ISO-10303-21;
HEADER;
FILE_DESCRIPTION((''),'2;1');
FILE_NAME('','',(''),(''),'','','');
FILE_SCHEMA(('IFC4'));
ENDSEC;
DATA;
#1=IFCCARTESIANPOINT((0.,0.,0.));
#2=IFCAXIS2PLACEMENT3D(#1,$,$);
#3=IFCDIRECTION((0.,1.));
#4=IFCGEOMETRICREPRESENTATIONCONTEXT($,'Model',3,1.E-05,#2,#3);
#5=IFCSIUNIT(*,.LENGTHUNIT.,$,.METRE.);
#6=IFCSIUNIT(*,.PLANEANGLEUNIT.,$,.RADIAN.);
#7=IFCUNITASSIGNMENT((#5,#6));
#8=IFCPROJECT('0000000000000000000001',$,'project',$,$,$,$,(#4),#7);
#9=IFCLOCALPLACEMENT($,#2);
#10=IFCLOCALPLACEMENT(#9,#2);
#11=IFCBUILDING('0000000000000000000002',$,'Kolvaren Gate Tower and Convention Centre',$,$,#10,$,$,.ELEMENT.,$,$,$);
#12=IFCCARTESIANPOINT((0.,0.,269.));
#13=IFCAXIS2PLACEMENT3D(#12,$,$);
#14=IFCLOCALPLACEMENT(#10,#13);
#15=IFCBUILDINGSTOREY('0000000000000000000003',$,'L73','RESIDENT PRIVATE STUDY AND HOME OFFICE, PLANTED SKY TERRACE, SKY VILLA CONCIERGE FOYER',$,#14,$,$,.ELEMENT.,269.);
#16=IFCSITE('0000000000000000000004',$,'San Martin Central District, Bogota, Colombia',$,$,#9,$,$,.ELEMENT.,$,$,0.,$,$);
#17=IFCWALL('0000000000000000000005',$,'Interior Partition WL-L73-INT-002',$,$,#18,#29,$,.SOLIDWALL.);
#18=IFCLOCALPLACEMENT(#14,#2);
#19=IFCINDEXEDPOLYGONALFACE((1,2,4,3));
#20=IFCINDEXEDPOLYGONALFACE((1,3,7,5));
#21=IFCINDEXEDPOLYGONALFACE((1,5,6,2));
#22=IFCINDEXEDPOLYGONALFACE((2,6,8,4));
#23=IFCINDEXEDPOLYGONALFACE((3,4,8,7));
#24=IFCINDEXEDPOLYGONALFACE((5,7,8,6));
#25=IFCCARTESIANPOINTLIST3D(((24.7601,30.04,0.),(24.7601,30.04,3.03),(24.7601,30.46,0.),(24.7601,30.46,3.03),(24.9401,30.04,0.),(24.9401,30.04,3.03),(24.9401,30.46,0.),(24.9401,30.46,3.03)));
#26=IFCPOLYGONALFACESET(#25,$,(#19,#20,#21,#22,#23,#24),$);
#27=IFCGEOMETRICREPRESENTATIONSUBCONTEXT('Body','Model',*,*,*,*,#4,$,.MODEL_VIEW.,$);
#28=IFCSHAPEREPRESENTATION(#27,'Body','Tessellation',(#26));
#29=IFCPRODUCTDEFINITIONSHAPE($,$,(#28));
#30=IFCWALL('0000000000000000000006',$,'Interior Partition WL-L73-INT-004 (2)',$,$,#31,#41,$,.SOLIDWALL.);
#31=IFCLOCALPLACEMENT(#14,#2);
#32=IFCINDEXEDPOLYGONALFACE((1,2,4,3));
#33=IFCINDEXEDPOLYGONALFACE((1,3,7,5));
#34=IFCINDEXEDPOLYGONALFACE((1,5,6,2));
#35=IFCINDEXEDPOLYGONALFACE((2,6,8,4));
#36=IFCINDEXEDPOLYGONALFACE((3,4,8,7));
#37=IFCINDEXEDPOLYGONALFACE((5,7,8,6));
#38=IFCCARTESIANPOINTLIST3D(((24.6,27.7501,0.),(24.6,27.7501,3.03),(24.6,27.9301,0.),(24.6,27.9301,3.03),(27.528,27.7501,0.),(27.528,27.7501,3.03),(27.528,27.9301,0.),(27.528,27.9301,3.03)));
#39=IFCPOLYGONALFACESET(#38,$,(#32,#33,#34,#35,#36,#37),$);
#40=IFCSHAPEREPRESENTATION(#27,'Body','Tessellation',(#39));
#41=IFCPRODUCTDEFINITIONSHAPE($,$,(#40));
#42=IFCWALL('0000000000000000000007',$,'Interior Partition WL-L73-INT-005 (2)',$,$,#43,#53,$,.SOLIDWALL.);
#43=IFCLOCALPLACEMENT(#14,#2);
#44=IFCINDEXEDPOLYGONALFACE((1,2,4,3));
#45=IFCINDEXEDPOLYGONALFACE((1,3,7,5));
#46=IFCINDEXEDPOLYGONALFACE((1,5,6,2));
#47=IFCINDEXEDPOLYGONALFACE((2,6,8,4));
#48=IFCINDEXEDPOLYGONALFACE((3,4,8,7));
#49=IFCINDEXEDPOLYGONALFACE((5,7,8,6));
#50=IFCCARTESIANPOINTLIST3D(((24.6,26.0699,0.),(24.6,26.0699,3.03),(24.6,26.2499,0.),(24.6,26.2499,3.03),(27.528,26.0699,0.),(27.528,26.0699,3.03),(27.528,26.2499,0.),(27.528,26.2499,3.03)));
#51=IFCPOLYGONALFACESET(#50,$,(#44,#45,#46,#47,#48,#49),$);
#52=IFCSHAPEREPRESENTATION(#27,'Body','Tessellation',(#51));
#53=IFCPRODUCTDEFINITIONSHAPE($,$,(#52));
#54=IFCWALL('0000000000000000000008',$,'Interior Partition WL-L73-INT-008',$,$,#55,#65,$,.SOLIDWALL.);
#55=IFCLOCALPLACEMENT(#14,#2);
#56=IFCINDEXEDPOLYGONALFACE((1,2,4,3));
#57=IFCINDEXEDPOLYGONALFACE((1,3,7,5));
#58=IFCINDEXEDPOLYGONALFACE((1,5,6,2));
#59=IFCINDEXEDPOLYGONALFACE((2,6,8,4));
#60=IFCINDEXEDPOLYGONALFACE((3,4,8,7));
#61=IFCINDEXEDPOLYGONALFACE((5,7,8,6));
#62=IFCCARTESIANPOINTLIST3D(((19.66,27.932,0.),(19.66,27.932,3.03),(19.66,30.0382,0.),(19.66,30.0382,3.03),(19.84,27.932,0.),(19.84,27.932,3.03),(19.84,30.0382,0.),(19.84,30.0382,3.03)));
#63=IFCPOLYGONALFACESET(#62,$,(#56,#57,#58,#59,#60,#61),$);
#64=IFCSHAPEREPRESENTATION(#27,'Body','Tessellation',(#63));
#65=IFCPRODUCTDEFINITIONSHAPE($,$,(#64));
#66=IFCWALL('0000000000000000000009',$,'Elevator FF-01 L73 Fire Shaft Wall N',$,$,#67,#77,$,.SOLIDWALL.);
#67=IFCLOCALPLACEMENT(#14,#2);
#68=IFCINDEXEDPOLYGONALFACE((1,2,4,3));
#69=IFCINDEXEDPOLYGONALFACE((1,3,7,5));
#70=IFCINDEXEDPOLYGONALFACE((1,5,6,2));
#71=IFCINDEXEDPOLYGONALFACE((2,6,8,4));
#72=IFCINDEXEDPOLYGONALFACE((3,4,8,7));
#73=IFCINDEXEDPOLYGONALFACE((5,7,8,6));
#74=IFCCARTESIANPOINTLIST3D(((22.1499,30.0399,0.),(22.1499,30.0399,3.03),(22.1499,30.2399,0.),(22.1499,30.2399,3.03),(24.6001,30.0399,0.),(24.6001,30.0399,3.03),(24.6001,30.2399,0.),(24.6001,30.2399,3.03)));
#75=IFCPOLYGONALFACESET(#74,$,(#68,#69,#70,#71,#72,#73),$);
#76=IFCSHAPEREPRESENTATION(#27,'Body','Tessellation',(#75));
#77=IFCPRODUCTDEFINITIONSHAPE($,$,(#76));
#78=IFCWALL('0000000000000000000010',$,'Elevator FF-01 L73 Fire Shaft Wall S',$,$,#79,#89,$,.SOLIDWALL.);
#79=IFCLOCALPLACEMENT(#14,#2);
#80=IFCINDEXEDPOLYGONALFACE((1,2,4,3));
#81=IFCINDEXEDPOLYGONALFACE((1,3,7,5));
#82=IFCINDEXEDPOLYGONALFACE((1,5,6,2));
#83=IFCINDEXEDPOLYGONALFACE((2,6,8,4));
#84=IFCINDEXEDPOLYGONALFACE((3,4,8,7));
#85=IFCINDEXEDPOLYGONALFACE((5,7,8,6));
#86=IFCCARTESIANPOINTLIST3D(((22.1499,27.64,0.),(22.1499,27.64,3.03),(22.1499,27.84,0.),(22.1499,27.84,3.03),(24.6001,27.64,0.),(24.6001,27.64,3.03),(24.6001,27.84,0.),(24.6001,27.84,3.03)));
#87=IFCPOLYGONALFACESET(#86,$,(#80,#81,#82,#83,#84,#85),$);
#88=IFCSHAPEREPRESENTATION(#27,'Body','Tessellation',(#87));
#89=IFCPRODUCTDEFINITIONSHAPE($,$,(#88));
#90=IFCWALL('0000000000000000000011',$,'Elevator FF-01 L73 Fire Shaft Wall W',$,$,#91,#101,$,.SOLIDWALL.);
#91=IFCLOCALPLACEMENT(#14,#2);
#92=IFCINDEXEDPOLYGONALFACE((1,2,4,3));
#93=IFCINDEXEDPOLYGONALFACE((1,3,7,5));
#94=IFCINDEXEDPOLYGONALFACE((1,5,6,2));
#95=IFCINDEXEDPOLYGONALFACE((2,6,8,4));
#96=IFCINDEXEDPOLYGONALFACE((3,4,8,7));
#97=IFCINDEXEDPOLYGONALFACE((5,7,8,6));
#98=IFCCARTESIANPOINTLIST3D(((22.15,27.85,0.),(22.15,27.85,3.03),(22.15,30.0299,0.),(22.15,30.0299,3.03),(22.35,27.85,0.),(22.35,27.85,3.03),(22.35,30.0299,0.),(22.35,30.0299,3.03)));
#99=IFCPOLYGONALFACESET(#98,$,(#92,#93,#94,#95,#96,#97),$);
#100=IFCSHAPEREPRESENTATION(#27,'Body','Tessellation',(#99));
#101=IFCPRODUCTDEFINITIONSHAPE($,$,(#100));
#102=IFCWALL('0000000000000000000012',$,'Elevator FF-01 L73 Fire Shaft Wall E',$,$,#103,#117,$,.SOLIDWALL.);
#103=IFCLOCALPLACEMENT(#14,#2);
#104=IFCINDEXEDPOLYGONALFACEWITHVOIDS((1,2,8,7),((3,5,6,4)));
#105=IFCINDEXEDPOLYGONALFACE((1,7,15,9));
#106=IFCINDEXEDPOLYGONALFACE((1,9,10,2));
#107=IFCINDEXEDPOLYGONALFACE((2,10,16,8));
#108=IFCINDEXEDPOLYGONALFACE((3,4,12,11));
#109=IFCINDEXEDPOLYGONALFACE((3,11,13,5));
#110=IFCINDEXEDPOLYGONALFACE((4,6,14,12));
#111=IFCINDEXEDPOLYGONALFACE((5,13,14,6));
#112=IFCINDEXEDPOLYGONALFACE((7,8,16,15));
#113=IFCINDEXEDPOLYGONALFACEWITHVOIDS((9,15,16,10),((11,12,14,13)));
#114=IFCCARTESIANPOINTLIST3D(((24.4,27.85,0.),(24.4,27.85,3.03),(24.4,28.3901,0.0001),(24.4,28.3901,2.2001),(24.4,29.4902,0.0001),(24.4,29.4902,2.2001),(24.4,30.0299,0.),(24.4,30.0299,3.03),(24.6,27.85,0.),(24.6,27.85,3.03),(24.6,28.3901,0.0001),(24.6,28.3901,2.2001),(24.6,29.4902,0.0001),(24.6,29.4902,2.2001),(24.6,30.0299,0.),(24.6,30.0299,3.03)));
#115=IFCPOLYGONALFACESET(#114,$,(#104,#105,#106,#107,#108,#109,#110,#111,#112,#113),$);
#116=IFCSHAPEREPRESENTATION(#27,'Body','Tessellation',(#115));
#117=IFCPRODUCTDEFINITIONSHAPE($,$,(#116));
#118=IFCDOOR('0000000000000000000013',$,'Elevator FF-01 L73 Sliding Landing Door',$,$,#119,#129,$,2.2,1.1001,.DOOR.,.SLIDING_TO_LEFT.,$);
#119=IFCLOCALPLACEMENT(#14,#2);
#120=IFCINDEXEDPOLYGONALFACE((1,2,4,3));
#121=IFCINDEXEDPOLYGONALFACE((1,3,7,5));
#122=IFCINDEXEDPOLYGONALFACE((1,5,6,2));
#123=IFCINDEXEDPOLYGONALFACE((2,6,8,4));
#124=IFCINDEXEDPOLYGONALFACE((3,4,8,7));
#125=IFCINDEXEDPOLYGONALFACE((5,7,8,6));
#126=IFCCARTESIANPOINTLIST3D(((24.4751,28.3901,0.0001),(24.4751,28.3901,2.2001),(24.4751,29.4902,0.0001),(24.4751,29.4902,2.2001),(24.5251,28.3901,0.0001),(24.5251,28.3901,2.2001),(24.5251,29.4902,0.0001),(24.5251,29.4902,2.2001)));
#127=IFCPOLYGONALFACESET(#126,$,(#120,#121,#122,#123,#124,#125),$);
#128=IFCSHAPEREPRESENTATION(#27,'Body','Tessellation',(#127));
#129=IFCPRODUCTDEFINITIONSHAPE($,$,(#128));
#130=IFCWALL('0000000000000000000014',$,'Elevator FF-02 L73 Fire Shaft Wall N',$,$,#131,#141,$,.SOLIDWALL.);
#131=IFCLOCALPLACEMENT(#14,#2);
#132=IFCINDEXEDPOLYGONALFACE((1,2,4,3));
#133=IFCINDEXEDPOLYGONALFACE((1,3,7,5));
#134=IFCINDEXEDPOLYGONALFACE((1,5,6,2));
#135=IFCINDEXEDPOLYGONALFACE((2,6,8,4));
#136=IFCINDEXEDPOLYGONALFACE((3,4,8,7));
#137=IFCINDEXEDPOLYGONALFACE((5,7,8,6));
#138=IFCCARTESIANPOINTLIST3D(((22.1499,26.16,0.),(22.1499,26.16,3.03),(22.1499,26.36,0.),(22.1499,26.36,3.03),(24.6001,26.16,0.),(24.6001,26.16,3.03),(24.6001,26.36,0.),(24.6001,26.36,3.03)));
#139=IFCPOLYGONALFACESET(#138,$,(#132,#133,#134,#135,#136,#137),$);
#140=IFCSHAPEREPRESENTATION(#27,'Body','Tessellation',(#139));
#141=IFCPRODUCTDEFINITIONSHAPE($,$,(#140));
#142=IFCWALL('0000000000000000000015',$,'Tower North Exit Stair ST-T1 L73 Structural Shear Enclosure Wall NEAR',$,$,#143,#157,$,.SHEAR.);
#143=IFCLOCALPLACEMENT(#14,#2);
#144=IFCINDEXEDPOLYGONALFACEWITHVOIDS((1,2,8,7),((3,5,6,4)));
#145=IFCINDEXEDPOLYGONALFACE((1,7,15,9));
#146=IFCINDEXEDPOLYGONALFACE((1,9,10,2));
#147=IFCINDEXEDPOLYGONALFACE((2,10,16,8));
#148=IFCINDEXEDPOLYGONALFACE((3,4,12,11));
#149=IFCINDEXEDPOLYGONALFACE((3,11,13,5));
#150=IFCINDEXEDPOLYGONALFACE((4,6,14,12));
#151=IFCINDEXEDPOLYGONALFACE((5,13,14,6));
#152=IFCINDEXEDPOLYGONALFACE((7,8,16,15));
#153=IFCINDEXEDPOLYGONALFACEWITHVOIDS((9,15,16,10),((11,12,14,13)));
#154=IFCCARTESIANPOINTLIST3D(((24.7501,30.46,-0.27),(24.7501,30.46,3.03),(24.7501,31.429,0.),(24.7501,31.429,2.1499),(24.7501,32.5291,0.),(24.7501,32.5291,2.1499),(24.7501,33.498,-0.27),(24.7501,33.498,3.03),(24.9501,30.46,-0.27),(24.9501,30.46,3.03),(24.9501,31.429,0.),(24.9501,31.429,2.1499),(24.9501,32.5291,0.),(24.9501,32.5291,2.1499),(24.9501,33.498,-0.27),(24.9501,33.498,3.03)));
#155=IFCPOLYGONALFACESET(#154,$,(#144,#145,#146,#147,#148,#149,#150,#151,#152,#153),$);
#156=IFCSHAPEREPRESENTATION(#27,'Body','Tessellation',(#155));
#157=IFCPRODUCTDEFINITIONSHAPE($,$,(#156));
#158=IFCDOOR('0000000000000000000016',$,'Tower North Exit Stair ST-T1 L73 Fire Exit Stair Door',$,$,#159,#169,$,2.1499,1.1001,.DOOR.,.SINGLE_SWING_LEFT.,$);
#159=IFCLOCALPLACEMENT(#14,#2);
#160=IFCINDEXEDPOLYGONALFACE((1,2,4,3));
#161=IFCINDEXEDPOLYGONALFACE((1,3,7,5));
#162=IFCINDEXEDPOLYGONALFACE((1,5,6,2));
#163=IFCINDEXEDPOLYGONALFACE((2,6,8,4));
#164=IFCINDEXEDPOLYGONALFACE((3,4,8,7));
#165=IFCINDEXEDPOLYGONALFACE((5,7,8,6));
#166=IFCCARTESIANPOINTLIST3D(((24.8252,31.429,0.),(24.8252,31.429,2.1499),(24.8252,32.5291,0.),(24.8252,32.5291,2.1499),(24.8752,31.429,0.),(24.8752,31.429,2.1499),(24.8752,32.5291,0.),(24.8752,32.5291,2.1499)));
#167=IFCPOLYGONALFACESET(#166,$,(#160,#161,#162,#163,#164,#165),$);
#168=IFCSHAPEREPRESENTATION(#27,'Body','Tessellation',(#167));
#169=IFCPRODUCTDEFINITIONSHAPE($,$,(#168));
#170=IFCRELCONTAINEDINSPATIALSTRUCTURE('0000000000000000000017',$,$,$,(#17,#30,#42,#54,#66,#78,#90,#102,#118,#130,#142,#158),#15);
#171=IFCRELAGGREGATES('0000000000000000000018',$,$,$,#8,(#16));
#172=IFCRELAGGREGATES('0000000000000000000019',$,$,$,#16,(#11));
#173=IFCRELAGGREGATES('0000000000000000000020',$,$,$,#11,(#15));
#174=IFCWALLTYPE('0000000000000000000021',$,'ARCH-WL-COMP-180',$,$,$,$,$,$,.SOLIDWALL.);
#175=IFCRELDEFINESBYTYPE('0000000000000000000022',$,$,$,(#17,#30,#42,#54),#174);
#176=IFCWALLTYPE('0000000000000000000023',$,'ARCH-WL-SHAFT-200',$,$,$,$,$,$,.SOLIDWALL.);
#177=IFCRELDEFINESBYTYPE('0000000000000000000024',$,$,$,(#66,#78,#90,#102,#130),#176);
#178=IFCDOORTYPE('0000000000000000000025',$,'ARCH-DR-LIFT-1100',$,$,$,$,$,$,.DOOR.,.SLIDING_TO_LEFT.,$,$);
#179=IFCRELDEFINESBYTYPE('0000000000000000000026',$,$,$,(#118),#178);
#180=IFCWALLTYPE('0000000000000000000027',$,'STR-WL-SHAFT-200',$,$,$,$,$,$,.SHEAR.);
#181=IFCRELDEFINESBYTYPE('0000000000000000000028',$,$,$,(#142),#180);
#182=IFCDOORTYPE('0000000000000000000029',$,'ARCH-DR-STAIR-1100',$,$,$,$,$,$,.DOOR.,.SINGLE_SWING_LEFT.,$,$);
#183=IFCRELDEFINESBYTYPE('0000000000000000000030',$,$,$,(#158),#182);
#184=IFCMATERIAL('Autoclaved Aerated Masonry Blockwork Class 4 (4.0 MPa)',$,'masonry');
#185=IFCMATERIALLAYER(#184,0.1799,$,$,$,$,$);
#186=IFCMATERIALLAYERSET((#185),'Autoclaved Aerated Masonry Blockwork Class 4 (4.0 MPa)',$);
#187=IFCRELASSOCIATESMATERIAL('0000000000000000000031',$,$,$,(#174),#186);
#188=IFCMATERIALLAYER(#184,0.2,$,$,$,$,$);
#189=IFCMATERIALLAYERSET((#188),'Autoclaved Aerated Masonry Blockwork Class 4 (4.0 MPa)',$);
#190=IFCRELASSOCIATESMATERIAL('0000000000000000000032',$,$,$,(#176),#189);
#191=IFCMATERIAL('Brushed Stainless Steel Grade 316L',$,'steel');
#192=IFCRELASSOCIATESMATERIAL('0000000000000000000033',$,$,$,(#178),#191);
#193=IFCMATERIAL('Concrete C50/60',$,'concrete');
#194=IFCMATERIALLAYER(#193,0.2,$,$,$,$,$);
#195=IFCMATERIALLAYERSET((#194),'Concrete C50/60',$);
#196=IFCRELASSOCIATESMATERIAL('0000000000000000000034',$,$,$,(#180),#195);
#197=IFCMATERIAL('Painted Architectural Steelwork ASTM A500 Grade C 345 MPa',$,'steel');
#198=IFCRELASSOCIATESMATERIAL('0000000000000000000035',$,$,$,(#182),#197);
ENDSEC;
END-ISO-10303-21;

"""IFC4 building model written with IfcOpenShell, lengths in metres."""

from ifc_helpers import new_model, si_unit, direction, frame, frame_2d, origin, place, context, subcontext, project, spatial, rectangle, extrude, material, layer, layer_set, type_object, element, fill, save


model = new_model("IFC4")

# Units and contexts
model_context = context("Model", 3, precision=1e-05, world=origin(), true_north=direction((0.0, 1.0)))
body_context = subcontext(model_context, "Body", "Model", "MODEL_VIEW")
ifc_project = project(units=[si_unit("LENGTHUNIT", "METRE"), si_unit("PLANEANGLEUNIT", "RADIAN")], contexts=[model_context])

# Site, building, storey
site_placement = place(None, origin())
site = spatial("IfcSite", under=ifc_project, at=site_placement, Name="San Martin Central District, Bogota, Colombia", CompositionType="ELEMENT", RefElevation=0.0)
building_placement = place(site_placement, origin())
building = spatial("IfcBuilding", under=site, at=building_placement, Name="Kolvaren Gate Tower and Convention Centre", CompositionType="ELEMENT")
storey_placement = place(building_placement, frame((0.0, 0.0, 269.0)))
storey = spatial("IfcBuildingStorey", under=building, at=storey_placement, Name="L73", Description="RESIDENT PRIVATE STUDY AND HOME OFFICE, PLANTED SKY TERRACE, SKY VILLA CONCIERGE FOYER", CompositionType="ELEMENT", Elevation=269.0)

# Walls
ifc_material_1 = material(Name="Autoclaved Aerated Masonry Blockwork Class 4 (4.0 MPa)", Category="masonry")
ifc_layer_1 = layer(ifc_material_1, 0.1799)
ifc_layer_set_1 = layer_set([ifc_layer_1], Name="Autoclaved Aerated Masonry Blockwork Class 4 (4.0 MPa)")
wall_type_1 = type_object("IfcWallType", Name="ARCH-WL-COMP-180", PredefinedType="SOLIDWALL", material=ifc_layer_set_1)
wall_1_placement = place(storey_placement, frame((24.8501, 30.04, 0.0), z_axis=(0.0, 0.0, 1.0), x_axis=(0.0, 1.0, 0.0)))
element("IfcWall", 1, at=wall_1_placement, inside=storey, type_object=wall_type_1, Name="Interior Partition WL-L73-INT-002", PredefinedType="SOLIDWALL", context=body_context, shape_type="SweptSolid", body=[
    extrude(rectangle(XDim=0.4199, YDim=0.1799, at=frame_2d((0.21, 0.0))), origin(), (0.0, 0.0, 1.0), 3.03),
])
for number, where, z_axis, x_axis, name in (
    (2, (24.6001, 27.8401, 0.0), (0.0, 0.0, 1.0), (1.0, 0.0, 0.0), "Interior Partition WL-L73-INT-004 (2)"),
    (3, (24.6001, 26.1599, 0.0), (0.0, 0.0, 1.0), (1.0, 0.0, 0.0), "Interior Partition WL-L73-INT-005 (2)"),
):
    element("IfcWall", number, at=place(storey_placement, frame(where, z_axis=z_axis, x_axis=x_axis)), inside=storey, type_object=wall_type_1, Name=name, PredefinedType="SOLIDWALL", context=body_context, shape_type="SweptSolid", body=[
        extrude(rectangle(XDim=2.928, YDim=0.1799, at=frame_2d((1.4639, 0.0))), origin(), (0.0, 0.0, 1.0), 3.03),
    ])
wall_2_placement = place(storey_placement, frame((19.75, 27.9319, 0.0), z_axis=(0.0, 0.0, 1.0), x_axis=(0.0, 1.0, 0.0)))
element("IfcWall", 4, at=wall_2_placement, inside=storey, type_object=wall_type_1, Name="Interior Partition WL-L73-INT-008", PredefinedType="SOLIDWALL", context=body_context, shape_type="SweptSolid", body=[
    extrude(rectangle(XDim=2.1062, YDim=0.1799, at=frame_2d((1.0532, 0.0))), origin(), (0.0, 0.0, 1.0), 3.03),
])
ifc_layer_2 = layer(ifc_material_1, 0.2)
ifc_layer_set_2 = layer_set([ifc_layer_2], Name="Autoclaved Aerated Masonry Blockwork Class 4 (4.0 MPa)")
wall_type_2 = type_object("IfcWallType", Name="ARCH-WL-SHAFT-200", PredefinedType="SOLIDWALL", material=ifc_layer_set_2)
for number, where, z_axis, x_axis, name in (
    (5, (22.1499, 30.1399, 0.0), (0.0, 0.0, 1.0), (1.0, 0.0, 0.0), "Elevator FF-01 L73 Fire Shaft Wall N"),
    (6, (22.1499, 27.74, 0.0), (0.0, 0.0, 1.0), (1.0, 0.0, 0.0), "Elevator FF-01 L73 Fire Shaft Wall S"),
):
    element("IfcWall", number, at=place(storey_placement, frame(where, z_axis=z_axis, x_axis=x_axis)), inside=storey, type_object=wall_type_2, Name=name, PredefinedType="SOLIDWALL", context=body_context, shape_type="SweptSolid", body=[
        extrude(rectangle(XDim=2.4502, YDim=0.2, at=frame_2d((1.2251, 0.0))), origin(), (0.0, 0.0, 1.0), 3.03),
    ])
wall_3_placement = place(storey_placement, frame((22.25, 27.8501, 0.0), z_axis=(0.0, 0.0, 1.0), x_axis=(0.0, 1.0, 0.0)))
element("IfcWall", 7, at=wall_3_placement, inside=storey, type_object=wall_type_2, Name="Elevator FF-01 L73 Fire Shaft Wall W", PredefinedType="SOLIDWALL", context=body_context, shape_type="SweptSolid", body=[
    extrude(rectangle(XDim=2.1799, YDim=0.2, at=frame_2d((1.0898, 0.0))), origin(), (0.0, 0.0, 1.0), 3.03),
])

# Wall, opening, door
wall_4_placement = place(storey_placement, frame((24.5, 27.8501, 0.0), z_axis=(0.0, 0.0, 1.0), x_axis=(0.0, 1.0, 0.0)))
wall_4 = element("IfcWall", 8, at=wall_4_placement, inside=storey, type_object=wall_type_2, Name="Elevator FF-01 L73 Fire Shaft Wall E", PredefinedType="SOLIDWALL", context=body_context, shape_type="SweptSolid", body=[
    extrude(rectangle(XDim=2.1799, YDim=0.2, at=frame_2d((1.0898, 0.0))), origin(), (0.0, 0.0, 1.0), 3.03),
])
opening_1_placement = place(wall_4_placement, frame((0.54, 0.0, 0.0)))
opening_1 = element("IfcOpeningElement", 9, at=opening_1_placement, cuts=wall_4, PredefinedType="OPENING", context=body_context, shape_type="SweptSolid", body=[
    extrude(rectangle(XDim=1.1001, YDim=2.2, at=frame_2d((0.55, 1.1001))), frame((0.0, 0.1099, 0.0), z_axis=(0.0, -1.0, 0.0), x_axis=(1.0, 0.0, 0.0)), (0.0, 0.0, 1.0), 0.22),
])
ifc_material_2 = material(Name="Brushed Stainless Steel Grade 316L", Category="steel")
door_type_1 = type_object("IfcDoorType", Name="ARCH-DR-LIFT-1100", OperationType="SLIDING_TO_LEFT", PredefinedType="DOOR", material=ifc_material_2)
door_1_placement = place(opening_1_placement, origin())
door_1 = element("IfcDoor", 10, at=door_1_placement, inside=storey, type_object=door_type_1, Name="Elevator FF-01 L73 Sliding Landing Door", OperationType="SLIDING_TO_LEFT", OverallHeight=2.2, OverallWidth=1.1001, PredefinedType="DOOR", context=body_context, shape_type="SweptSolid", body=[
    extrude(rectangle(XDim=1.1001, YDim=2.2, at=frame_2d((0.55, 1.1001))), frame((0.0, 0.0249, 0.0), z_axis=(0.0, -1.0, 0.0), x_axis=(1.0, 0.0, 0.0)), (0.0, 0.0, 1.0), 0.05),
])
fill(opening_1, door_1)

# Wall
wall_5_placement = place(storey_placement, frame((22.1499, 26.26, 0.0), z_axis=(0.0, 0.0, 1.0), x_axis=(1.0, 0.0, 0.0)))
element("IfcWall", 11, at=wall_5_placement, inside=storey, type_object=wall_type_2, Name="Elevator FF-02 L73 Fire Shaft Wall N", PredefinedType="SOLIDWALL", context=body_context, shape_type="SweptSolid", body=[
    extrude(rectangle(XDim=2.4502, YDim=0.2, at=frame_2d((1.2251, 0.0))), origin(), (0.0, 0.0, 1.0), 3.03),
])

# Wall, opening, door
ifc_material_3 = material(Name="Concrete C50/60", Category="concrete")
ifc_layer_3 = layer(ifc_material_3, 0.2)
ifc_layer_set_3 = layer_set([ifc_layer_3], Name="Concrete C50/60")
wall_type_3 = type_object("IfcWallType", Name="STR-WL-SHAFT-200", PredefinedType="SHEAR", material=ifc_layer_set_3)
wall_6_placement = place(storey_placement, frame((24.8501, 30.46, -0.27), z_axis=(0.0, 0.0, 1.0), x_axis=(0.0, 1.0, 0.0)))
wall_6 = element("IfcWall", 12, at=wall_6_placement, inside=storey, type_object=wall_type_3, Name="Tower North Exit Stair ST-T1 L73 Structural Shear Enclosure Wall NEAR", PredefinedType="SHEAR", context=body_context, shape_type="SweptSolid", body=[
    extrude(rectangle(XDim=3.0381, YDim=0.2, at=frame_2d((1.519, 0.0))), origin(), (0.0, 0.0, 1.0), 3.3),
])
opening_2_placement = place(wall_6_placement, frame((0.969, 0.0, 0.27)))
opening_2 = element("IfcOpeningElement", 13, at=opening_2_placement, cuts=wall_6, PredefinedType="OPENING", context=body_context, shape_type="SweptSolid", body=[
    extrude(rectangle(XDim=1.1001, YDim=2.1499, at=frame_2d((0.55, 1.075))), frame((0.0, 0.1099, 0.0), z_axis=(0.0, -1.0, 0.0), x_axis=(1.0, 0.0, 0.0)), (0.0, 0.0, 1.0), 0.22),
])
ifc_material_4 = material(Name="Painted Architectural Steelwork ASTM A500 Grade C 345 MPa", Category="steel")
door_type_2 = type_object("IfcDoorType", Name="ARCH-DR-STAIR-1100", OperationType="SINGLE_SWING_LEFT", PredefinedType="DOOR", material=ifc_material_4)
door_2_placement = place(opening_2_placement, origin())
door_2 = element("IfcDoor", 14, at=door_2_placement, inside=storey, type_object=door_type_2, Name="Tower North Exit Stair ST-T1 L73 Fire Exit Stair Door", OperationType="SINGLE_SWING_LEFT", OverallHeight=2.1499, OverallWidth=1.1001, PredefinedType="DOOR", context=body_context, shape_type="SweptSolid", body=[
    extrude(rectangle(XDim=1.1001, YDim=2.1499, at=frame_2d((0.55, 1.075))), frame((0.0, 0.0249, 0.0), z_axis=(0.0, -1.0, 0.0), x_axis=(1.0, 0.0, 0.0)), (0.0, 0.0, 1.0), 0.05),
])
fill(opening_2, door_2)

save(model, "model.ifc")
